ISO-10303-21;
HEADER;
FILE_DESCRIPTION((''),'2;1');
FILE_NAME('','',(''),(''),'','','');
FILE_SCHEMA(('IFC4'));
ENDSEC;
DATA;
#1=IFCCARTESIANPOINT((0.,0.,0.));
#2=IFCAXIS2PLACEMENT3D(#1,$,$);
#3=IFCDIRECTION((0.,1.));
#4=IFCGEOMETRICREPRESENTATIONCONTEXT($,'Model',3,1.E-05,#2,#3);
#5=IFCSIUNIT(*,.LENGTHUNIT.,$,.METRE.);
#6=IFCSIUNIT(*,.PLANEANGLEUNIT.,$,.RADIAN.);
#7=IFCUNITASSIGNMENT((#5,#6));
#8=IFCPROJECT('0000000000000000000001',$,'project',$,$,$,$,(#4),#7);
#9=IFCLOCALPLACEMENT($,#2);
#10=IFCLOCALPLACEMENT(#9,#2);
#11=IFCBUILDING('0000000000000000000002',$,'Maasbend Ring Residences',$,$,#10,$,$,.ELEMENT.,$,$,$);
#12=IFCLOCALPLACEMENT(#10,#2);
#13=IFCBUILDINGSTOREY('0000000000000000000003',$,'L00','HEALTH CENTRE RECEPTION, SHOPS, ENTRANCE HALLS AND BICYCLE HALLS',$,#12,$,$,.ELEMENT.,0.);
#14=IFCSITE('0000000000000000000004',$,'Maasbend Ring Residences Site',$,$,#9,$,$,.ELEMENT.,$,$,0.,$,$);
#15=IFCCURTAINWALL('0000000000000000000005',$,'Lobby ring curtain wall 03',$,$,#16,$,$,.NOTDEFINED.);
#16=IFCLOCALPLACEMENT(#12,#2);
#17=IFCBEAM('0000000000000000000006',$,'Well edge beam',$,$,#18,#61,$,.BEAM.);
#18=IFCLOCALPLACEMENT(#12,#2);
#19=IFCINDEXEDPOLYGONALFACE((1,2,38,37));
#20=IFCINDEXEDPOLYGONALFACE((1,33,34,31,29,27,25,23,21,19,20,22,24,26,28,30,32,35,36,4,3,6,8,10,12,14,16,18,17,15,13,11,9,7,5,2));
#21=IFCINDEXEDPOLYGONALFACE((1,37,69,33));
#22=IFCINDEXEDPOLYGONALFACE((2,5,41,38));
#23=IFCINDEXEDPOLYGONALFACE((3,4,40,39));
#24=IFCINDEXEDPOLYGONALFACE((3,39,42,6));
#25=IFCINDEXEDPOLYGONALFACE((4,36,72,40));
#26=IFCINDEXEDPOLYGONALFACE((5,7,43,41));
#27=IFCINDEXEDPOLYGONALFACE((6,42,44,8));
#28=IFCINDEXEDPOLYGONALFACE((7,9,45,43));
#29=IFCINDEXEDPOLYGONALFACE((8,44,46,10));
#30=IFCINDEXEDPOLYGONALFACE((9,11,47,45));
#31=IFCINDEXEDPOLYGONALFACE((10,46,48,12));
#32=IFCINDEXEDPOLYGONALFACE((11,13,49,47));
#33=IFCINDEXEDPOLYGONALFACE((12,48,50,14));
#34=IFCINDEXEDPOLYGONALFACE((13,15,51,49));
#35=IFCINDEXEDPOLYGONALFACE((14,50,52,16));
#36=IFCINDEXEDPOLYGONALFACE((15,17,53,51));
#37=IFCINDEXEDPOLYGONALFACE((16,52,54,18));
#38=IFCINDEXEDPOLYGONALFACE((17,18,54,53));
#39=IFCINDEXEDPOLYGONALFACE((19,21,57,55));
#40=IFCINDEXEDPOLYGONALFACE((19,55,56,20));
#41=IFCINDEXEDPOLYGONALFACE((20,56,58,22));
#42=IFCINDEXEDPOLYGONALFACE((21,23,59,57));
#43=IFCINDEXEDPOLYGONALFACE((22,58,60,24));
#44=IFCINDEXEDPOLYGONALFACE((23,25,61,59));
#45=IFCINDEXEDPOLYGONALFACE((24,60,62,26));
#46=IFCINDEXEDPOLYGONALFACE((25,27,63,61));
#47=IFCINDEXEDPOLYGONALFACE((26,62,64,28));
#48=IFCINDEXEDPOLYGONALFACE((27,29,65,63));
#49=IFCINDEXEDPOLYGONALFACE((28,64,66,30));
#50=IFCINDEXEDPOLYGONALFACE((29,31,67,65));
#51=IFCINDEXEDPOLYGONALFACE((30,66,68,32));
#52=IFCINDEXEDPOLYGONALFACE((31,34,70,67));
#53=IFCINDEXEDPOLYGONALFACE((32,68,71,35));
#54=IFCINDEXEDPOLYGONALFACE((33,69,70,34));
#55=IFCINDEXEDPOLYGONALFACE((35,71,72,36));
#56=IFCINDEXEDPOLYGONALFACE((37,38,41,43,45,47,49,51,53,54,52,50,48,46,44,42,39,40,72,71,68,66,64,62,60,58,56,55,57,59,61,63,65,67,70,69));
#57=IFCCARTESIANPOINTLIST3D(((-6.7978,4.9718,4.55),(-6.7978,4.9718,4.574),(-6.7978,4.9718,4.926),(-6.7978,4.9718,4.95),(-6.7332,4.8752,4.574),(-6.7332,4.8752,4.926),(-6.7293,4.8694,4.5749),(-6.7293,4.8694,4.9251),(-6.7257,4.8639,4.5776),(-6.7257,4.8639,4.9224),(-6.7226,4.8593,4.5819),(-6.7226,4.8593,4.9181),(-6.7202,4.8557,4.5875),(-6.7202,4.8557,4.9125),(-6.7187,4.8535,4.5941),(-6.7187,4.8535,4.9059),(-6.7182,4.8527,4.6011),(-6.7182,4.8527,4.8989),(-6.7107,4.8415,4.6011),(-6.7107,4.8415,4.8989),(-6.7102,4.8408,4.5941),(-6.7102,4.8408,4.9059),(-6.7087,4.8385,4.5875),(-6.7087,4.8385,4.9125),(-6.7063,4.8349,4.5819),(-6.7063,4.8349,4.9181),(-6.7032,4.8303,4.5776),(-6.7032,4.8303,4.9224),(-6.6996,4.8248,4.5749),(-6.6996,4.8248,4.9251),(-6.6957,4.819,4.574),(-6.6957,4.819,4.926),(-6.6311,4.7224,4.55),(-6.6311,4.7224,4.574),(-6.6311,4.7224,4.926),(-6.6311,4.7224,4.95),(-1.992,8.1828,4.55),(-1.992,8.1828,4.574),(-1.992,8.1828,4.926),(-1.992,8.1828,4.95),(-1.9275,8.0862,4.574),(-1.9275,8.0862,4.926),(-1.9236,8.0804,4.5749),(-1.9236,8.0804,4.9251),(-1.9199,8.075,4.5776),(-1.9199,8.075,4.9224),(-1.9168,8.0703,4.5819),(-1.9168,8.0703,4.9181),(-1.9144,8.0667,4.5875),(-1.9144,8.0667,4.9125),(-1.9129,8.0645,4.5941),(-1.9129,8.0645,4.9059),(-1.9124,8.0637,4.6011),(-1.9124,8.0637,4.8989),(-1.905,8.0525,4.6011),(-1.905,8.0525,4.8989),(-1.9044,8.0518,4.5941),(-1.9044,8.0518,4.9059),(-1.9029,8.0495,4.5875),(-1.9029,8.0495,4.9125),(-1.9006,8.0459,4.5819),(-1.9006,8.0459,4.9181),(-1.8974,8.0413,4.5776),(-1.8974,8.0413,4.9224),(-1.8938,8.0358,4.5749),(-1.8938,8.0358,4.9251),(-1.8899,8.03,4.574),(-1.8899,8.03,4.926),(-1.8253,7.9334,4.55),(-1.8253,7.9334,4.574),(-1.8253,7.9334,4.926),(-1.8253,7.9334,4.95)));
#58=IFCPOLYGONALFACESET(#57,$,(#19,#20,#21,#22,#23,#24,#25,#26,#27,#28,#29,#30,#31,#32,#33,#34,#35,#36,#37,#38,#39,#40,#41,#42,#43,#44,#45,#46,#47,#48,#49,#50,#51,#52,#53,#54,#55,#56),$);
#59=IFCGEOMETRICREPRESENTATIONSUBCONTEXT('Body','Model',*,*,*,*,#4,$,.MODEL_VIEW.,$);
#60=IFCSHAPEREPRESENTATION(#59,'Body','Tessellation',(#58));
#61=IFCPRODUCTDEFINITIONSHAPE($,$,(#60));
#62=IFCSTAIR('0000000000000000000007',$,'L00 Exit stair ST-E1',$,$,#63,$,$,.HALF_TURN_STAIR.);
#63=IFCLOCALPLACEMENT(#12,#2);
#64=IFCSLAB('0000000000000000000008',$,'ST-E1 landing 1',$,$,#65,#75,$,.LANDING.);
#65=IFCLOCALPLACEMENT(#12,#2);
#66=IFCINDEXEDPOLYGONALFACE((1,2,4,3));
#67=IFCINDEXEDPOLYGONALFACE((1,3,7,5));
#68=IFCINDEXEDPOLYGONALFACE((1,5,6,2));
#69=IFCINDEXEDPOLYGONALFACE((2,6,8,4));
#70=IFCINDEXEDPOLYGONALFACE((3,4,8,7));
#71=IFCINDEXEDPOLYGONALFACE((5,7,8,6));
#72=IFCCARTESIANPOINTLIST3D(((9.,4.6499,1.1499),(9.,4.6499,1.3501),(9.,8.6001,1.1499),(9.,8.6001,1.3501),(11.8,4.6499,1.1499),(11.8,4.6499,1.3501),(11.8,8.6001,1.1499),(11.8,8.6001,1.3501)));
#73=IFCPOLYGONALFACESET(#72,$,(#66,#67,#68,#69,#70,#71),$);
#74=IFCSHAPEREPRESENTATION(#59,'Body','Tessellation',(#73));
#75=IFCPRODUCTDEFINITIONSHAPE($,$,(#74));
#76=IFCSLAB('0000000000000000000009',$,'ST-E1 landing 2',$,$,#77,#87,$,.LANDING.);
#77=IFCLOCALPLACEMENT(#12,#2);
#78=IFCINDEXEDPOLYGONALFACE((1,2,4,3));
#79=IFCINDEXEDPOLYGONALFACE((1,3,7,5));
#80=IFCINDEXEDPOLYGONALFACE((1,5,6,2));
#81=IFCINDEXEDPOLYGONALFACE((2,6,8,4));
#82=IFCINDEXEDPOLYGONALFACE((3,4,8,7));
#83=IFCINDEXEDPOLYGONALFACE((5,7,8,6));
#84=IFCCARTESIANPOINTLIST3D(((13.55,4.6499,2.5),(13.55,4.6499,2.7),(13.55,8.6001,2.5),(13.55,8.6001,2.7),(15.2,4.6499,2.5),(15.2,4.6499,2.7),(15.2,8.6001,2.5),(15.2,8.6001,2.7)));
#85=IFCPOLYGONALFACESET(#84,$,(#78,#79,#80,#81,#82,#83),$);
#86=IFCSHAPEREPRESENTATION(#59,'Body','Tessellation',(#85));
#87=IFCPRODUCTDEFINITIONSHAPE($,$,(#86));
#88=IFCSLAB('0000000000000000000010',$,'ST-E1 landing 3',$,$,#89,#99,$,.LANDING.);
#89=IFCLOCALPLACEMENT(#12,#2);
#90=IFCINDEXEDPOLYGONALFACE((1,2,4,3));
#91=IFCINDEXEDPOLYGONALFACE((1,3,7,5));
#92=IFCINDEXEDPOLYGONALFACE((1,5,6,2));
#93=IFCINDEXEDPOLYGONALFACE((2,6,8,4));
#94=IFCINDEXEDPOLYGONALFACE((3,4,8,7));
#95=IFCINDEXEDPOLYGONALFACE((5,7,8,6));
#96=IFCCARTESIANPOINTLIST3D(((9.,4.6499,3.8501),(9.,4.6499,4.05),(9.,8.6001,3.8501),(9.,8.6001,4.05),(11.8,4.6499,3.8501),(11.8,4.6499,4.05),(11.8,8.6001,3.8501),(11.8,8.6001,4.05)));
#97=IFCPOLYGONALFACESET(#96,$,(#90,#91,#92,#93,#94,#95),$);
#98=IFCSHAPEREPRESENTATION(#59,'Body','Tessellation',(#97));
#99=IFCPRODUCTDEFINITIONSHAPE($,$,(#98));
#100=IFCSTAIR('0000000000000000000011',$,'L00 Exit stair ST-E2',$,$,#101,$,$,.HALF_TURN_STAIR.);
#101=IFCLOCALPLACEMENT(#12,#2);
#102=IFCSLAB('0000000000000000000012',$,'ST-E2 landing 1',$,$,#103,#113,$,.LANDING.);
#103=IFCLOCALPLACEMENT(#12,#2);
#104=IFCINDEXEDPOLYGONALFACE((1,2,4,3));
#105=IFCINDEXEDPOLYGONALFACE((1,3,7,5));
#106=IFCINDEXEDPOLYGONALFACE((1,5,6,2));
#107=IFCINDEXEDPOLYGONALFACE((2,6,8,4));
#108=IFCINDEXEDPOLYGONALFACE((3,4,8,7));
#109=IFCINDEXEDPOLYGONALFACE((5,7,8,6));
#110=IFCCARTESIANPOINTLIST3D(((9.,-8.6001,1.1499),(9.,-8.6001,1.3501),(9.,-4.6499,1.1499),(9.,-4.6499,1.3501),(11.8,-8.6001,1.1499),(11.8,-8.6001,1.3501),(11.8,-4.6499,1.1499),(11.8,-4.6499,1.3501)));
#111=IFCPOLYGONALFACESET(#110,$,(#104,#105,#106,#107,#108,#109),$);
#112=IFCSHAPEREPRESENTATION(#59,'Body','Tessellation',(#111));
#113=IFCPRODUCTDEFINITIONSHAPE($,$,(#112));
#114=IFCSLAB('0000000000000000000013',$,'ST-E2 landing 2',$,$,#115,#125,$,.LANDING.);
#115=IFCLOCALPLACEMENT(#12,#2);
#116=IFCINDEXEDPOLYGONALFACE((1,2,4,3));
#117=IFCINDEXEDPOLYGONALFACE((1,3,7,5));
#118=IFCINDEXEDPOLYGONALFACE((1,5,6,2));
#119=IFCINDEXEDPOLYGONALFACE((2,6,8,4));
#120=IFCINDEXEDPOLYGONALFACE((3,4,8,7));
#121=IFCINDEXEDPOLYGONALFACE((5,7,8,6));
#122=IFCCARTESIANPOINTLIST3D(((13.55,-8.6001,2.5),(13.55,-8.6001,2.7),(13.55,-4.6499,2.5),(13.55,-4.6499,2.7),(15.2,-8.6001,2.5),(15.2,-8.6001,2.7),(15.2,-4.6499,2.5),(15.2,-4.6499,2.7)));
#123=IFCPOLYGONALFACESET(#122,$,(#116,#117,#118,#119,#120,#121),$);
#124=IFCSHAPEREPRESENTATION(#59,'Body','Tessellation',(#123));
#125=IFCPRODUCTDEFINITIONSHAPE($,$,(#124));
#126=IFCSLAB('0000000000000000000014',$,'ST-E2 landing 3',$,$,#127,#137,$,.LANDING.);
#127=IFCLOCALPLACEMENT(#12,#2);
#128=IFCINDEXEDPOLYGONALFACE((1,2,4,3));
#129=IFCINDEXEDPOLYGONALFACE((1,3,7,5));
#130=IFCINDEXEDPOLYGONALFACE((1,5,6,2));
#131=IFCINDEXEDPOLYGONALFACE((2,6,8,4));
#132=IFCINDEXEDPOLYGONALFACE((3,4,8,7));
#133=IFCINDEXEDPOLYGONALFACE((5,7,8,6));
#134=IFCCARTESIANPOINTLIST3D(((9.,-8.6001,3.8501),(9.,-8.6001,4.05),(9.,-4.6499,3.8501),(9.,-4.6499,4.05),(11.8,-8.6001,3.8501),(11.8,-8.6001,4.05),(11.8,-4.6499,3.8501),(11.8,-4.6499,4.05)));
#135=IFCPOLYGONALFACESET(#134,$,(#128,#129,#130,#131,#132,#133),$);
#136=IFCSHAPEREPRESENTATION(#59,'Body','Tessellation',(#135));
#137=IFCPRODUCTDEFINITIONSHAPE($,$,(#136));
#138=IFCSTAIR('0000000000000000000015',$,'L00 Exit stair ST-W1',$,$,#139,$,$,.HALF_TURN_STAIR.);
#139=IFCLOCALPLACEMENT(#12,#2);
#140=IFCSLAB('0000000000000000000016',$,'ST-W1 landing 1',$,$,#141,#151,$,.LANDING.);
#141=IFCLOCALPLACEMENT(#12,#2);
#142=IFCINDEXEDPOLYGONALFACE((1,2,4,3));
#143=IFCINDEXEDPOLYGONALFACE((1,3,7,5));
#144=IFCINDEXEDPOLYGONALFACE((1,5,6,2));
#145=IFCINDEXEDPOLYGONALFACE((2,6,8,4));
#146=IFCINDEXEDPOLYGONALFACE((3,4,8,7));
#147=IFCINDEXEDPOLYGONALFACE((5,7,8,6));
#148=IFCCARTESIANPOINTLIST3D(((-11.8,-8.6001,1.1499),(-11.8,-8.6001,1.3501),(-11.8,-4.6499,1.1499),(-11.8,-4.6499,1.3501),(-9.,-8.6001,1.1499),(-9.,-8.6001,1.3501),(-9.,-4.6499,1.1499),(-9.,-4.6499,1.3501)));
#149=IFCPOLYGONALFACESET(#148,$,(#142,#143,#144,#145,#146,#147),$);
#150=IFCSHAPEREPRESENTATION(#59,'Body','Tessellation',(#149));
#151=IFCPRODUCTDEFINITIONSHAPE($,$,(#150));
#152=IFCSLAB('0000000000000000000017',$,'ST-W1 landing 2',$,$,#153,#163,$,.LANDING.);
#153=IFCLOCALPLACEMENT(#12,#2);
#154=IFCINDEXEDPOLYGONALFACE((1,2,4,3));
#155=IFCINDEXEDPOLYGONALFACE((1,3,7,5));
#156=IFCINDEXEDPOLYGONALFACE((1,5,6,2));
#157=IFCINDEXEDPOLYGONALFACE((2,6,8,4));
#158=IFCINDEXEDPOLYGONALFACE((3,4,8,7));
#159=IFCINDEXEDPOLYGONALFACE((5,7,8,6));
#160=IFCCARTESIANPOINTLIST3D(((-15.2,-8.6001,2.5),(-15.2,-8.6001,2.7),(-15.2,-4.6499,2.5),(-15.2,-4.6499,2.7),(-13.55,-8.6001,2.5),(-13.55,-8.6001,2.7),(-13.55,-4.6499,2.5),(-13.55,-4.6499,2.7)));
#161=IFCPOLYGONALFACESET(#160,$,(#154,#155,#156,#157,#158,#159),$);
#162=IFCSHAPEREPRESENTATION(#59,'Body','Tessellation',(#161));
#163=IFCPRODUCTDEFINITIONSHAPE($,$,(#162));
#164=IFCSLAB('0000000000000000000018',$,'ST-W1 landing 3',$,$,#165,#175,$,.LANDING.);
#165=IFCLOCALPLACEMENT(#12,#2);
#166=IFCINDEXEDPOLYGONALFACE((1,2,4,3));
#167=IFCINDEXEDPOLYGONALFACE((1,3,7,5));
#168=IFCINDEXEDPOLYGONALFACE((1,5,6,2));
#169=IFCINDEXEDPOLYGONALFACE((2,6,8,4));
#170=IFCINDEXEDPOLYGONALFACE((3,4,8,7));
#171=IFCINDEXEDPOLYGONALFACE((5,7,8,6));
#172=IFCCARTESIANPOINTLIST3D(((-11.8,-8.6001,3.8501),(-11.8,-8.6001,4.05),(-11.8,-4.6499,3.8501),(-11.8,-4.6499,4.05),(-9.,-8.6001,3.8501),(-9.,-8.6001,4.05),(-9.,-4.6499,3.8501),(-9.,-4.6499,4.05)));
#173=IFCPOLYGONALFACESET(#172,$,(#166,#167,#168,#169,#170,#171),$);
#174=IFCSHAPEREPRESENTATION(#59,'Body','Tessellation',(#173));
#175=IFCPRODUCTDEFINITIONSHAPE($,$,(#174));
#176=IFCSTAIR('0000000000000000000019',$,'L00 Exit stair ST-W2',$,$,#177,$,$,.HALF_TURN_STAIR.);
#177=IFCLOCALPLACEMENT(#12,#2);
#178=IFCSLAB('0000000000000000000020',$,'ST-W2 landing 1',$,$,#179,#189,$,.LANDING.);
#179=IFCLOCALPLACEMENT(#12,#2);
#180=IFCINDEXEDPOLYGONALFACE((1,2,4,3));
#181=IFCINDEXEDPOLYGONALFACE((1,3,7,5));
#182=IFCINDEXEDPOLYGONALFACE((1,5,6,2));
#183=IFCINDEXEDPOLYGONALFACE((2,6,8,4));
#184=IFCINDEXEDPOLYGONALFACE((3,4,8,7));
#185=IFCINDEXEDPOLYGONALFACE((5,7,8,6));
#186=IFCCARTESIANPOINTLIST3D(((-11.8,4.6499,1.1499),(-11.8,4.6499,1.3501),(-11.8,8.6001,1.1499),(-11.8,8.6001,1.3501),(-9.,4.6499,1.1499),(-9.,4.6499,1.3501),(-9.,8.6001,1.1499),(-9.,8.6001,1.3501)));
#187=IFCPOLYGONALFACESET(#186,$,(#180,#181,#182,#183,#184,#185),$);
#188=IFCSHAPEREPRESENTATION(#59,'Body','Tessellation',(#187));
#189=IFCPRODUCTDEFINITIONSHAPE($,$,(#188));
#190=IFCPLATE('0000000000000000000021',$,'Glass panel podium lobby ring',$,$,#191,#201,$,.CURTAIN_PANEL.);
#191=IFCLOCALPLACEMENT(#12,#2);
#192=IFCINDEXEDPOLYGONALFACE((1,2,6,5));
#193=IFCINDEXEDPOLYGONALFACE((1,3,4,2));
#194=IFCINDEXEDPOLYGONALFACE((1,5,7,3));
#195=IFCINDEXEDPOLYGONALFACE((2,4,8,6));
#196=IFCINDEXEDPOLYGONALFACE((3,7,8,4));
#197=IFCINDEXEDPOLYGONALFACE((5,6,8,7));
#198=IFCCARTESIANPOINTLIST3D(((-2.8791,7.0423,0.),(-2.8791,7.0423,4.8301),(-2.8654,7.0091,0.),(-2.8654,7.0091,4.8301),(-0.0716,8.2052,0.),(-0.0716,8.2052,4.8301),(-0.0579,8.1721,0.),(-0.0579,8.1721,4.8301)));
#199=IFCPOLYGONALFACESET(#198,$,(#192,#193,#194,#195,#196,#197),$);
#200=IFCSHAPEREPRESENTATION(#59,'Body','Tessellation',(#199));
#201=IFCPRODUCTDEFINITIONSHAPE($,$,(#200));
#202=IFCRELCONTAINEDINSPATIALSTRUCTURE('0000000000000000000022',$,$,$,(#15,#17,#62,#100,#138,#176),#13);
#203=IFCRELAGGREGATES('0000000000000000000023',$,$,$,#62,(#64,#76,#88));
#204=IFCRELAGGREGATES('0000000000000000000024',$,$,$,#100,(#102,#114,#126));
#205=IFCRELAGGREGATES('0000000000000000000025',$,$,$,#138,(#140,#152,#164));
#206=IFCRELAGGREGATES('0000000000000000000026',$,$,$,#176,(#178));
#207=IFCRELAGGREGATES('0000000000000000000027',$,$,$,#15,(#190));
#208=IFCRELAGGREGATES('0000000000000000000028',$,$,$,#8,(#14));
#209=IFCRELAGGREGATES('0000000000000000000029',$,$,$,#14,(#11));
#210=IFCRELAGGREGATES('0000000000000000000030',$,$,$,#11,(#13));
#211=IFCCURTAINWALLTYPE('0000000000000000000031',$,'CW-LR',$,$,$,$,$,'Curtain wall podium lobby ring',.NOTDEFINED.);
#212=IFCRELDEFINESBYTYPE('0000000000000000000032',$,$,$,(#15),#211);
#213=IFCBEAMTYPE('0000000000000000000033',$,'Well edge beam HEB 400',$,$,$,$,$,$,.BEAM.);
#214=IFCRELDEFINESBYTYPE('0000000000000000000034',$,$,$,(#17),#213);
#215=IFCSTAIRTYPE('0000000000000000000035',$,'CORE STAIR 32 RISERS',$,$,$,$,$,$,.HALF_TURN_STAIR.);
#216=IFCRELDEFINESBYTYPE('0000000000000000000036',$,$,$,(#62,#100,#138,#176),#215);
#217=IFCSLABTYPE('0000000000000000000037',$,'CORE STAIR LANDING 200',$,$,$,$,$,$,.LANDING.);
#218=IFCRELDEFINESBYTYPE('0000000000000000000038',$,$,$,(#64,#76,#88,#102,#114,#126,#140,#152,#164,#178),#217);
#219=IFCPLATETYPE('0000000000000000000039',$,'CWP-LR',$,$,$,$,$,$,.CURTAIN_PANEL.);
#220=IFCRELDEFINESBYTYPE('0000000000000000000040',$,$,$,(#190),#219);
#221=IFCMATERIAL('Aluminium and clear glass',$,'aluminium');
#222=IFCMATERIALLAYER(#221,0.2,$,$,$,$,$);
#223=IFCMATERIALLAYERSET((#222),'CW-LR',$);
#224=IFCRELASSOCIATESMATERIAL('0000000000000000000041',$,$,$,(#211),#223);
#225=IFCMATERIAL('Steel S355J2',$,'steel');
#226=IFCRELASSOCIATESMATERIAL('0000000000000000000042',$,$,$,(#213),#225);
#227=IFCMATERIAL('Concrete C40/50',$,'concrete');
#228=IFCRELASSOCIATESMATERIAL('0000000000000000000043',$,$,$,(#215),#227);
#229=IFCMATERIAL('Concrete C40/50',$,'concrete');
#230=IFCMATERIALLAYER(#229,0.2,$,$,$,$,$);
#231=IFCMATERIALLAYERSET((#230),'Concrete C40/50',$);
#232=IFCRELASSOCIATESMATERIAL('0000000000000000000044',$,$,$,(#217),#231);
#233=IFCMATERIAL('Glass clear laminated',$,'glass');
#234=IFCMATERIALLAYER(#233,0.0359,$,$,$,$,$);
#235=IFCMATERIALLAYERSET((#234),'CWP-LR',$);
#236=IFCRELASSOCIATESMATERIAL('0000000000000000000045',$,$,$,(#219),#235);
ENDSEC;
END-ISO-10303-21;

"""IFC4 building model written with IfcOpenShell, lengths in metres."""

from ifc_helpers import new_model, si_unit, direction, frame, origin, origin_2d, place, context, subcontext, project, spatial, polyline, rectangle, i_section, outline, extrude, material, layer, layer_set, material_profile, profile_set, type_object, element, aggregate, save


model = new_model("IFC4")

# Units and contexts
model_context = context("Model", 3, precision=1e-05, world=origin(), true_north=direction((0.0, 1.0)))
body_context = subcontext(model_context, "Body", "Model", "MODEL_VIEW")
ifc_project = project(units=[si_unit("LENGTHUNIT", "METRE"), si_unit("PLANEANGLEUNIT", "RADIAN")], contexts=[model_context])

# Site, building, storey
site_placement = place(None, origin())
site = spatial("IfcSite", under=ifc_project, at=site_placement, Name="Maasbend Ring Residences Site", CompositionType="ELEMENT", RefElevation=0.0)
building_placement = place(site_placement, origin())
building = spatial("IfcBuilding", under=site, at=building_placement, Name="Maasbend Ring Residences", CompositionType="ELEMENT")
storey_placement = place(building_placement, origin())
storey = spatial("IfcBuildingStorey", under=building, at=storey_placement, Name="L00", Description="HEALTH CENTRE RECEPTION, SHOPS, ENTRANCE HALLS AND BICYCLE HALLS", CompositionType="ELEMENT", Elevation=0.0)

# Curtain wall
ifc_material_1 = material(Name="Aluminium and clear glass", Category="aluminium")
ifc_layer_1 = layer(ifc_material_1, 0.2)
ifc_layer_set_1 = layer_set([ifc_layer_1], Name="CW-LR")
curtain_wall_type = type_object("IfcCurtainWallType", Name="CW-LR", ElementType="Curtain wall podium lobby ring", PredefinedType="NOTDEFINED", material=ifc_layer_set_1)
curtain_wall_placement = place(storey_placement, origin())
curtain_wall = element("IfcCurtainWall", 1, at=curtain_wall_placement, inside=storey, type_object=curtain_wall_type, Name="Lobby ring curtain wall 03", PredefinedType="NOTDEFINED")

# Beam
ifc_material_2 = material(Name="Steel S355J2", Category="steel")
ifc_material_profile_1 = material_profile(ifc_material_2, i_section(OverallWidth=0.3, OverallDepth=0.3999, WebThickness=0.0134, FlangeThickness=0.0239, FilletRadius=0.0271, at=origin_2d()), Name="HEB 400")
ifc_profile_set_1 = profile_set([ifc_material_profile_1], Name="Steel S355J2")
beam_type = type_object("IfcBeamType", Name="Well edge beam HEB 400", PredefinedType="BEAM", material=ifc_profile_set_1)
beam_placement = place(storey_placement, frame((-1.9087, 8.0581, 4.75), z_axis=(-0.831478, -0.555558, 0.0), x_axis=(0.555558, -0.831478, 0.0)))
element("IfcBeam", 2, at=beam_placement, inside=storey, type_object=beam_type, Name="Well edge beam", PredefinedType="BEAM", context=body_context, shape_type="SweptSolid", body=[
    extrude(i_section(OverallWidth=0.3, OverallDepth=0.3999, WebThickness=0.0134, FlangeThickness=0.0239, FilletRadius=0.0271, at=origin_2d()), origin(), (0.0, 0.0, 1.0), 5.7798),
])

# Stairs, slabs
ifc_material_3 = material(Name="Concrete C40/50", Category="concrete")
stair_type = type_object("IfcStairType", Name="CORE STAIR 32 RISERS", PredefinedType="HALF_TURN_STAIR", material=ifc_material_3)
stair_1_placement = place(storey_placement, origin())
stair_1 = element("IfcStair", 3, at=stair_1_placement, inside=storey, type_object=stair_type, Name="L00 Exit stair ST-E1", PredefinedType="HALF_TURN_STAIR")
ifc_material_4 = material(Name="Concrete C40/50", Category="concrete")
ifc_layer_2 = layer(ifc_material_4, 0.2)
ifc_layer_set_2 = layer_set([ifc_layer_2], Name="Concrete C40/50")
slab_type_1 = type_object("IfcSlabType", Name="CORE STAIR LANDING 200", PredefinedType="LANDING", material=ifc_layer_set_2)
slab_1_placement = place(storey_placement, frame((0.0, 0.0, 1.1499)))
slab_1 = element("IfcSlab", 4, at=slab_1_placement, type_object=slab_type_1, Name="ST-E1 landing 1", PredefinedType="LANDING", context=body_context, shape_type="SweptSolid", body=[
    extrude(outline(polyline([(11.8, 8.6001), (9.0, 8.6001), (9.0, 4.6499), (11.8, 4.6499), (11.8, 8.6001)])), origin(), (0.0, 0.0, 1.0), 0.2002),
])
slab_2_placement = place(storey_placement, frame((0.0, 0.0, 2.5)))
slab_2 = element("IfcSlab", 5, at=slab_2_placement, type_object=slab_type_1, Name="ST-E1 landing 2", PredefinedType="LANDING", context=body_context, shape_type="SweptSolid", body=[
    extrude(outline(polyline([(15.2, 8.6001), (13.55, 8.6001), (13.55, 4.6499), (15.2, 4.6499), (15.2, 8.6001)])), origin(), (0.0, 0.0, 1.0), 0.2),
])
slab_3_placement = place(storey_placement, frame((0.0, 0.0, 3.8501)))
slab_3 = element("IfcSlab", 6, at=slab_3_placement, type_object=slab_type_1, Name="ST-E1 landing 3", PredefinedType="LANDING", context=body_context, shape_type="SweptSolid", body=[
    extrude(outline(polyline([(11.8, 8.6001), (9.0, 8.6001), (9.0, 4.6499), (11.8, 4.6499), (11.8, 8.6001)])), origin(), (0.0, 0.0, 1.0), 0.2),
])
aggregate(stair_1, [slab_1, slab_2, slab_3])
stair_2_placement = place(storey_placement, origin())
stair_2 = element("IfcStair", 7, at=stair_2_placement, inside=storey, type_object=stair_type, Name="L00 Exit stair ST-E2", PredefinedType="HALF_TURN_STAIR")
slab_4_placement = place(storey_placement, frame((0.0, 0.0, 1.1499)))
slab_4 = element("IfcSlab", 8, at=slab_4_placement, type_object=slab_type_1, Name="ST-E2 landing 1", PredefinedType="LANDING", context=body_context, shape_type="SweptSolid", body=[
    extrude(outline(polyline([(11.8, -4.6499), (9.0, -4.6499), (9.0, -8.6001), (11.8, -8.6001), (11.8, -4.6499)])), origin(), (0.0, 0.0, 1.0), 0.2002),
])
slab_5_placement = place(storey_placement, frame((0.0, 0.0, 2.5)))
slab_5 = element("IfcSlab", 9, at=slab_5_placement, type_object=slab_type_1, Name="ST-E2 landing 2", PredefinedType="LANDING", context=body_context, shape_type="SweptSolid", body=[
    extrude(outline(polyline([(15.2, -4.6499), (13.55, -4.6499), (13.55, -8.6001), (15.2, -8.6001), (15.2, -4.6499)])), origin(), (0.0, 0.0, 1.0), 0.2),
])
slab_6_placement = place(storey_placement, frame((0.0, 0.0, 3.8501)))
slab_6 = element("IfcSlab", 10, at=slab_6_placement, type_object=slab_type_1, Name="ST-E2 landing 3", PredefinedType="LANDING", context=body_context, shape_type="SweptSolid", body=[
    extrude(outline(polyline([(11.8, -4.6499), (9.0, -4.6499), (9.0, -8.6001), (11.8, -8.6001), (11.8, -4.6499)])), origin(), (0.0, 0.0, 1.0), 0.2),
])
aggregate(stair_2, [slab_4, slab_5, slab_6])
stair_3_placement = place(storey_placement, origin())
stair_3 = element("IfcStair", 11, at=stair_3_placement, inside=storey, type_object=stair_type, Name="L00 Exit stair ST-W1", PredefinedType="HALF_TURN_STAIR")
slab_7_placement = place(storey_placement, frame((0.0, 0.0, 1.1499)))
slab_7 = element("IfcSlab", 12, at=slab_7_placement, type_object=slab_type_1, Name="ST-W1 landing 1", PredefinedType="LANDING", context=body_context, shape_type="SweptSolid", body=[
    extrude(outline(polyline([(-11.8, -8.6001), (-9.0, -8.6001), (-9.0, -4.6499), (-11.8, -4.6499), (-11.8, -8.6001)])), origin(), (0.0, 0.0, 1.0), 0.2002),
])
slab_8_placement = place(storey_placement, frame((0.0, 0.0, 2.5)))
slab_8 = element("IfcSlab", 13, at=slab_8_placement, type_object=slab_type_1, Name="ST-W1 landing 2", PredefinedType="LANDING", context=body_context, shape_type="SweptSolid", body=[
    extrude(outline(polyline([(-15.2, -8.6001), (-13.55, -8.6001), (-13.55, -4.6499), (-15.2, -4.6499), (-15.2, -8.6001)])), origin(), (0.0, 0.0, 1.0), 0.2),
])
slab_9_placement = place(storey_placement, frame((0.0, 0.0, 3.8501)))
slab_9 = element("IfcSlab", 14, at=slab_9_placement, type_object=slab_type_1, Name="ST-W1 landing 3", PredefinedType="LANDING", context=body_context, shape_type="SweptSolid", body=[
    extrude(outline(polyline([(-11.8, -8.6001), (-9.0, -8.6001), (-9.0, -4.6499), (-11.8, -4.6499), (-11.8, -8.6001)])), origin(), (0.0, 0.0, 1.0), 0.2),
])
aggregate(stair_3, [slab_7, slab_8, slab_9])

# Stair, slab
stair_4_placement = place(storey_placement, origin())
stair_4 = element("IfcStair", 15, at=stair_4_placement, inside=storey, type_object=stair_type, Name="L00 Exit stair ST-W2", PredefinedType="HALF_TURN_STAIR")
slab_10_placement = place(storey_placement, frame((0.0, 0.0, 1.1499)))
slab_10 = element("IfcSlab", 16, at=slab_10_placement, type_object=slab_type_1, Name="ST-W2 landing 1", PredefinedType="LANDING", context=body_context, shape_type="SweptSolid", body=[
    extrude(outline(polyline([(-11.8, 4.6499), (-9.0, 4.6499), (-9.0, 8.6001), (-11.8, 8.6001), (-11.8, 4.6499)])), origin(), (0.0, 0.0, 1.0), 0.2002),
])
aggregate(stair_4, [slab_10])

# Plate
ifc_material_5 = material(Name="Glass clear laminated", Category="glass")
ifc_layer_3 = layer(ifc_material_5, 0.0359)
ifc_layer_set_3 = layer_set([ifc_layer_3], Name="CWP-LR")
plate_type = type_object("IfcPlateType", Name="CWP-LR", PredefinedType="CURTAIN_PANEL", material=ifc_layer_set_3)
plate_placement = place(storey_placement, frame((-1.4685, 7.6072, 0.0), z_axis=(0.0, 0.0, 1.0), x_axis=(-0.92388, -0.382683, 0.0)))
plate = element("IfcPlate", 17, at=plate_placement, type_object=plate_type, Name="Glass panel podium lobby ring", PredefinedType="CURTAIN_PANEL", context=body_context, shape_type="SweptSolid", body=[
    extrude(rectangle(XDim=3.0388, YDim=0.0359, at=origin_2d()), origin(), (0.0, 0.0, 1.0), 4.8301),
])
aggregate(curtain_wall, [plate])

save(model, "model.ifc")
